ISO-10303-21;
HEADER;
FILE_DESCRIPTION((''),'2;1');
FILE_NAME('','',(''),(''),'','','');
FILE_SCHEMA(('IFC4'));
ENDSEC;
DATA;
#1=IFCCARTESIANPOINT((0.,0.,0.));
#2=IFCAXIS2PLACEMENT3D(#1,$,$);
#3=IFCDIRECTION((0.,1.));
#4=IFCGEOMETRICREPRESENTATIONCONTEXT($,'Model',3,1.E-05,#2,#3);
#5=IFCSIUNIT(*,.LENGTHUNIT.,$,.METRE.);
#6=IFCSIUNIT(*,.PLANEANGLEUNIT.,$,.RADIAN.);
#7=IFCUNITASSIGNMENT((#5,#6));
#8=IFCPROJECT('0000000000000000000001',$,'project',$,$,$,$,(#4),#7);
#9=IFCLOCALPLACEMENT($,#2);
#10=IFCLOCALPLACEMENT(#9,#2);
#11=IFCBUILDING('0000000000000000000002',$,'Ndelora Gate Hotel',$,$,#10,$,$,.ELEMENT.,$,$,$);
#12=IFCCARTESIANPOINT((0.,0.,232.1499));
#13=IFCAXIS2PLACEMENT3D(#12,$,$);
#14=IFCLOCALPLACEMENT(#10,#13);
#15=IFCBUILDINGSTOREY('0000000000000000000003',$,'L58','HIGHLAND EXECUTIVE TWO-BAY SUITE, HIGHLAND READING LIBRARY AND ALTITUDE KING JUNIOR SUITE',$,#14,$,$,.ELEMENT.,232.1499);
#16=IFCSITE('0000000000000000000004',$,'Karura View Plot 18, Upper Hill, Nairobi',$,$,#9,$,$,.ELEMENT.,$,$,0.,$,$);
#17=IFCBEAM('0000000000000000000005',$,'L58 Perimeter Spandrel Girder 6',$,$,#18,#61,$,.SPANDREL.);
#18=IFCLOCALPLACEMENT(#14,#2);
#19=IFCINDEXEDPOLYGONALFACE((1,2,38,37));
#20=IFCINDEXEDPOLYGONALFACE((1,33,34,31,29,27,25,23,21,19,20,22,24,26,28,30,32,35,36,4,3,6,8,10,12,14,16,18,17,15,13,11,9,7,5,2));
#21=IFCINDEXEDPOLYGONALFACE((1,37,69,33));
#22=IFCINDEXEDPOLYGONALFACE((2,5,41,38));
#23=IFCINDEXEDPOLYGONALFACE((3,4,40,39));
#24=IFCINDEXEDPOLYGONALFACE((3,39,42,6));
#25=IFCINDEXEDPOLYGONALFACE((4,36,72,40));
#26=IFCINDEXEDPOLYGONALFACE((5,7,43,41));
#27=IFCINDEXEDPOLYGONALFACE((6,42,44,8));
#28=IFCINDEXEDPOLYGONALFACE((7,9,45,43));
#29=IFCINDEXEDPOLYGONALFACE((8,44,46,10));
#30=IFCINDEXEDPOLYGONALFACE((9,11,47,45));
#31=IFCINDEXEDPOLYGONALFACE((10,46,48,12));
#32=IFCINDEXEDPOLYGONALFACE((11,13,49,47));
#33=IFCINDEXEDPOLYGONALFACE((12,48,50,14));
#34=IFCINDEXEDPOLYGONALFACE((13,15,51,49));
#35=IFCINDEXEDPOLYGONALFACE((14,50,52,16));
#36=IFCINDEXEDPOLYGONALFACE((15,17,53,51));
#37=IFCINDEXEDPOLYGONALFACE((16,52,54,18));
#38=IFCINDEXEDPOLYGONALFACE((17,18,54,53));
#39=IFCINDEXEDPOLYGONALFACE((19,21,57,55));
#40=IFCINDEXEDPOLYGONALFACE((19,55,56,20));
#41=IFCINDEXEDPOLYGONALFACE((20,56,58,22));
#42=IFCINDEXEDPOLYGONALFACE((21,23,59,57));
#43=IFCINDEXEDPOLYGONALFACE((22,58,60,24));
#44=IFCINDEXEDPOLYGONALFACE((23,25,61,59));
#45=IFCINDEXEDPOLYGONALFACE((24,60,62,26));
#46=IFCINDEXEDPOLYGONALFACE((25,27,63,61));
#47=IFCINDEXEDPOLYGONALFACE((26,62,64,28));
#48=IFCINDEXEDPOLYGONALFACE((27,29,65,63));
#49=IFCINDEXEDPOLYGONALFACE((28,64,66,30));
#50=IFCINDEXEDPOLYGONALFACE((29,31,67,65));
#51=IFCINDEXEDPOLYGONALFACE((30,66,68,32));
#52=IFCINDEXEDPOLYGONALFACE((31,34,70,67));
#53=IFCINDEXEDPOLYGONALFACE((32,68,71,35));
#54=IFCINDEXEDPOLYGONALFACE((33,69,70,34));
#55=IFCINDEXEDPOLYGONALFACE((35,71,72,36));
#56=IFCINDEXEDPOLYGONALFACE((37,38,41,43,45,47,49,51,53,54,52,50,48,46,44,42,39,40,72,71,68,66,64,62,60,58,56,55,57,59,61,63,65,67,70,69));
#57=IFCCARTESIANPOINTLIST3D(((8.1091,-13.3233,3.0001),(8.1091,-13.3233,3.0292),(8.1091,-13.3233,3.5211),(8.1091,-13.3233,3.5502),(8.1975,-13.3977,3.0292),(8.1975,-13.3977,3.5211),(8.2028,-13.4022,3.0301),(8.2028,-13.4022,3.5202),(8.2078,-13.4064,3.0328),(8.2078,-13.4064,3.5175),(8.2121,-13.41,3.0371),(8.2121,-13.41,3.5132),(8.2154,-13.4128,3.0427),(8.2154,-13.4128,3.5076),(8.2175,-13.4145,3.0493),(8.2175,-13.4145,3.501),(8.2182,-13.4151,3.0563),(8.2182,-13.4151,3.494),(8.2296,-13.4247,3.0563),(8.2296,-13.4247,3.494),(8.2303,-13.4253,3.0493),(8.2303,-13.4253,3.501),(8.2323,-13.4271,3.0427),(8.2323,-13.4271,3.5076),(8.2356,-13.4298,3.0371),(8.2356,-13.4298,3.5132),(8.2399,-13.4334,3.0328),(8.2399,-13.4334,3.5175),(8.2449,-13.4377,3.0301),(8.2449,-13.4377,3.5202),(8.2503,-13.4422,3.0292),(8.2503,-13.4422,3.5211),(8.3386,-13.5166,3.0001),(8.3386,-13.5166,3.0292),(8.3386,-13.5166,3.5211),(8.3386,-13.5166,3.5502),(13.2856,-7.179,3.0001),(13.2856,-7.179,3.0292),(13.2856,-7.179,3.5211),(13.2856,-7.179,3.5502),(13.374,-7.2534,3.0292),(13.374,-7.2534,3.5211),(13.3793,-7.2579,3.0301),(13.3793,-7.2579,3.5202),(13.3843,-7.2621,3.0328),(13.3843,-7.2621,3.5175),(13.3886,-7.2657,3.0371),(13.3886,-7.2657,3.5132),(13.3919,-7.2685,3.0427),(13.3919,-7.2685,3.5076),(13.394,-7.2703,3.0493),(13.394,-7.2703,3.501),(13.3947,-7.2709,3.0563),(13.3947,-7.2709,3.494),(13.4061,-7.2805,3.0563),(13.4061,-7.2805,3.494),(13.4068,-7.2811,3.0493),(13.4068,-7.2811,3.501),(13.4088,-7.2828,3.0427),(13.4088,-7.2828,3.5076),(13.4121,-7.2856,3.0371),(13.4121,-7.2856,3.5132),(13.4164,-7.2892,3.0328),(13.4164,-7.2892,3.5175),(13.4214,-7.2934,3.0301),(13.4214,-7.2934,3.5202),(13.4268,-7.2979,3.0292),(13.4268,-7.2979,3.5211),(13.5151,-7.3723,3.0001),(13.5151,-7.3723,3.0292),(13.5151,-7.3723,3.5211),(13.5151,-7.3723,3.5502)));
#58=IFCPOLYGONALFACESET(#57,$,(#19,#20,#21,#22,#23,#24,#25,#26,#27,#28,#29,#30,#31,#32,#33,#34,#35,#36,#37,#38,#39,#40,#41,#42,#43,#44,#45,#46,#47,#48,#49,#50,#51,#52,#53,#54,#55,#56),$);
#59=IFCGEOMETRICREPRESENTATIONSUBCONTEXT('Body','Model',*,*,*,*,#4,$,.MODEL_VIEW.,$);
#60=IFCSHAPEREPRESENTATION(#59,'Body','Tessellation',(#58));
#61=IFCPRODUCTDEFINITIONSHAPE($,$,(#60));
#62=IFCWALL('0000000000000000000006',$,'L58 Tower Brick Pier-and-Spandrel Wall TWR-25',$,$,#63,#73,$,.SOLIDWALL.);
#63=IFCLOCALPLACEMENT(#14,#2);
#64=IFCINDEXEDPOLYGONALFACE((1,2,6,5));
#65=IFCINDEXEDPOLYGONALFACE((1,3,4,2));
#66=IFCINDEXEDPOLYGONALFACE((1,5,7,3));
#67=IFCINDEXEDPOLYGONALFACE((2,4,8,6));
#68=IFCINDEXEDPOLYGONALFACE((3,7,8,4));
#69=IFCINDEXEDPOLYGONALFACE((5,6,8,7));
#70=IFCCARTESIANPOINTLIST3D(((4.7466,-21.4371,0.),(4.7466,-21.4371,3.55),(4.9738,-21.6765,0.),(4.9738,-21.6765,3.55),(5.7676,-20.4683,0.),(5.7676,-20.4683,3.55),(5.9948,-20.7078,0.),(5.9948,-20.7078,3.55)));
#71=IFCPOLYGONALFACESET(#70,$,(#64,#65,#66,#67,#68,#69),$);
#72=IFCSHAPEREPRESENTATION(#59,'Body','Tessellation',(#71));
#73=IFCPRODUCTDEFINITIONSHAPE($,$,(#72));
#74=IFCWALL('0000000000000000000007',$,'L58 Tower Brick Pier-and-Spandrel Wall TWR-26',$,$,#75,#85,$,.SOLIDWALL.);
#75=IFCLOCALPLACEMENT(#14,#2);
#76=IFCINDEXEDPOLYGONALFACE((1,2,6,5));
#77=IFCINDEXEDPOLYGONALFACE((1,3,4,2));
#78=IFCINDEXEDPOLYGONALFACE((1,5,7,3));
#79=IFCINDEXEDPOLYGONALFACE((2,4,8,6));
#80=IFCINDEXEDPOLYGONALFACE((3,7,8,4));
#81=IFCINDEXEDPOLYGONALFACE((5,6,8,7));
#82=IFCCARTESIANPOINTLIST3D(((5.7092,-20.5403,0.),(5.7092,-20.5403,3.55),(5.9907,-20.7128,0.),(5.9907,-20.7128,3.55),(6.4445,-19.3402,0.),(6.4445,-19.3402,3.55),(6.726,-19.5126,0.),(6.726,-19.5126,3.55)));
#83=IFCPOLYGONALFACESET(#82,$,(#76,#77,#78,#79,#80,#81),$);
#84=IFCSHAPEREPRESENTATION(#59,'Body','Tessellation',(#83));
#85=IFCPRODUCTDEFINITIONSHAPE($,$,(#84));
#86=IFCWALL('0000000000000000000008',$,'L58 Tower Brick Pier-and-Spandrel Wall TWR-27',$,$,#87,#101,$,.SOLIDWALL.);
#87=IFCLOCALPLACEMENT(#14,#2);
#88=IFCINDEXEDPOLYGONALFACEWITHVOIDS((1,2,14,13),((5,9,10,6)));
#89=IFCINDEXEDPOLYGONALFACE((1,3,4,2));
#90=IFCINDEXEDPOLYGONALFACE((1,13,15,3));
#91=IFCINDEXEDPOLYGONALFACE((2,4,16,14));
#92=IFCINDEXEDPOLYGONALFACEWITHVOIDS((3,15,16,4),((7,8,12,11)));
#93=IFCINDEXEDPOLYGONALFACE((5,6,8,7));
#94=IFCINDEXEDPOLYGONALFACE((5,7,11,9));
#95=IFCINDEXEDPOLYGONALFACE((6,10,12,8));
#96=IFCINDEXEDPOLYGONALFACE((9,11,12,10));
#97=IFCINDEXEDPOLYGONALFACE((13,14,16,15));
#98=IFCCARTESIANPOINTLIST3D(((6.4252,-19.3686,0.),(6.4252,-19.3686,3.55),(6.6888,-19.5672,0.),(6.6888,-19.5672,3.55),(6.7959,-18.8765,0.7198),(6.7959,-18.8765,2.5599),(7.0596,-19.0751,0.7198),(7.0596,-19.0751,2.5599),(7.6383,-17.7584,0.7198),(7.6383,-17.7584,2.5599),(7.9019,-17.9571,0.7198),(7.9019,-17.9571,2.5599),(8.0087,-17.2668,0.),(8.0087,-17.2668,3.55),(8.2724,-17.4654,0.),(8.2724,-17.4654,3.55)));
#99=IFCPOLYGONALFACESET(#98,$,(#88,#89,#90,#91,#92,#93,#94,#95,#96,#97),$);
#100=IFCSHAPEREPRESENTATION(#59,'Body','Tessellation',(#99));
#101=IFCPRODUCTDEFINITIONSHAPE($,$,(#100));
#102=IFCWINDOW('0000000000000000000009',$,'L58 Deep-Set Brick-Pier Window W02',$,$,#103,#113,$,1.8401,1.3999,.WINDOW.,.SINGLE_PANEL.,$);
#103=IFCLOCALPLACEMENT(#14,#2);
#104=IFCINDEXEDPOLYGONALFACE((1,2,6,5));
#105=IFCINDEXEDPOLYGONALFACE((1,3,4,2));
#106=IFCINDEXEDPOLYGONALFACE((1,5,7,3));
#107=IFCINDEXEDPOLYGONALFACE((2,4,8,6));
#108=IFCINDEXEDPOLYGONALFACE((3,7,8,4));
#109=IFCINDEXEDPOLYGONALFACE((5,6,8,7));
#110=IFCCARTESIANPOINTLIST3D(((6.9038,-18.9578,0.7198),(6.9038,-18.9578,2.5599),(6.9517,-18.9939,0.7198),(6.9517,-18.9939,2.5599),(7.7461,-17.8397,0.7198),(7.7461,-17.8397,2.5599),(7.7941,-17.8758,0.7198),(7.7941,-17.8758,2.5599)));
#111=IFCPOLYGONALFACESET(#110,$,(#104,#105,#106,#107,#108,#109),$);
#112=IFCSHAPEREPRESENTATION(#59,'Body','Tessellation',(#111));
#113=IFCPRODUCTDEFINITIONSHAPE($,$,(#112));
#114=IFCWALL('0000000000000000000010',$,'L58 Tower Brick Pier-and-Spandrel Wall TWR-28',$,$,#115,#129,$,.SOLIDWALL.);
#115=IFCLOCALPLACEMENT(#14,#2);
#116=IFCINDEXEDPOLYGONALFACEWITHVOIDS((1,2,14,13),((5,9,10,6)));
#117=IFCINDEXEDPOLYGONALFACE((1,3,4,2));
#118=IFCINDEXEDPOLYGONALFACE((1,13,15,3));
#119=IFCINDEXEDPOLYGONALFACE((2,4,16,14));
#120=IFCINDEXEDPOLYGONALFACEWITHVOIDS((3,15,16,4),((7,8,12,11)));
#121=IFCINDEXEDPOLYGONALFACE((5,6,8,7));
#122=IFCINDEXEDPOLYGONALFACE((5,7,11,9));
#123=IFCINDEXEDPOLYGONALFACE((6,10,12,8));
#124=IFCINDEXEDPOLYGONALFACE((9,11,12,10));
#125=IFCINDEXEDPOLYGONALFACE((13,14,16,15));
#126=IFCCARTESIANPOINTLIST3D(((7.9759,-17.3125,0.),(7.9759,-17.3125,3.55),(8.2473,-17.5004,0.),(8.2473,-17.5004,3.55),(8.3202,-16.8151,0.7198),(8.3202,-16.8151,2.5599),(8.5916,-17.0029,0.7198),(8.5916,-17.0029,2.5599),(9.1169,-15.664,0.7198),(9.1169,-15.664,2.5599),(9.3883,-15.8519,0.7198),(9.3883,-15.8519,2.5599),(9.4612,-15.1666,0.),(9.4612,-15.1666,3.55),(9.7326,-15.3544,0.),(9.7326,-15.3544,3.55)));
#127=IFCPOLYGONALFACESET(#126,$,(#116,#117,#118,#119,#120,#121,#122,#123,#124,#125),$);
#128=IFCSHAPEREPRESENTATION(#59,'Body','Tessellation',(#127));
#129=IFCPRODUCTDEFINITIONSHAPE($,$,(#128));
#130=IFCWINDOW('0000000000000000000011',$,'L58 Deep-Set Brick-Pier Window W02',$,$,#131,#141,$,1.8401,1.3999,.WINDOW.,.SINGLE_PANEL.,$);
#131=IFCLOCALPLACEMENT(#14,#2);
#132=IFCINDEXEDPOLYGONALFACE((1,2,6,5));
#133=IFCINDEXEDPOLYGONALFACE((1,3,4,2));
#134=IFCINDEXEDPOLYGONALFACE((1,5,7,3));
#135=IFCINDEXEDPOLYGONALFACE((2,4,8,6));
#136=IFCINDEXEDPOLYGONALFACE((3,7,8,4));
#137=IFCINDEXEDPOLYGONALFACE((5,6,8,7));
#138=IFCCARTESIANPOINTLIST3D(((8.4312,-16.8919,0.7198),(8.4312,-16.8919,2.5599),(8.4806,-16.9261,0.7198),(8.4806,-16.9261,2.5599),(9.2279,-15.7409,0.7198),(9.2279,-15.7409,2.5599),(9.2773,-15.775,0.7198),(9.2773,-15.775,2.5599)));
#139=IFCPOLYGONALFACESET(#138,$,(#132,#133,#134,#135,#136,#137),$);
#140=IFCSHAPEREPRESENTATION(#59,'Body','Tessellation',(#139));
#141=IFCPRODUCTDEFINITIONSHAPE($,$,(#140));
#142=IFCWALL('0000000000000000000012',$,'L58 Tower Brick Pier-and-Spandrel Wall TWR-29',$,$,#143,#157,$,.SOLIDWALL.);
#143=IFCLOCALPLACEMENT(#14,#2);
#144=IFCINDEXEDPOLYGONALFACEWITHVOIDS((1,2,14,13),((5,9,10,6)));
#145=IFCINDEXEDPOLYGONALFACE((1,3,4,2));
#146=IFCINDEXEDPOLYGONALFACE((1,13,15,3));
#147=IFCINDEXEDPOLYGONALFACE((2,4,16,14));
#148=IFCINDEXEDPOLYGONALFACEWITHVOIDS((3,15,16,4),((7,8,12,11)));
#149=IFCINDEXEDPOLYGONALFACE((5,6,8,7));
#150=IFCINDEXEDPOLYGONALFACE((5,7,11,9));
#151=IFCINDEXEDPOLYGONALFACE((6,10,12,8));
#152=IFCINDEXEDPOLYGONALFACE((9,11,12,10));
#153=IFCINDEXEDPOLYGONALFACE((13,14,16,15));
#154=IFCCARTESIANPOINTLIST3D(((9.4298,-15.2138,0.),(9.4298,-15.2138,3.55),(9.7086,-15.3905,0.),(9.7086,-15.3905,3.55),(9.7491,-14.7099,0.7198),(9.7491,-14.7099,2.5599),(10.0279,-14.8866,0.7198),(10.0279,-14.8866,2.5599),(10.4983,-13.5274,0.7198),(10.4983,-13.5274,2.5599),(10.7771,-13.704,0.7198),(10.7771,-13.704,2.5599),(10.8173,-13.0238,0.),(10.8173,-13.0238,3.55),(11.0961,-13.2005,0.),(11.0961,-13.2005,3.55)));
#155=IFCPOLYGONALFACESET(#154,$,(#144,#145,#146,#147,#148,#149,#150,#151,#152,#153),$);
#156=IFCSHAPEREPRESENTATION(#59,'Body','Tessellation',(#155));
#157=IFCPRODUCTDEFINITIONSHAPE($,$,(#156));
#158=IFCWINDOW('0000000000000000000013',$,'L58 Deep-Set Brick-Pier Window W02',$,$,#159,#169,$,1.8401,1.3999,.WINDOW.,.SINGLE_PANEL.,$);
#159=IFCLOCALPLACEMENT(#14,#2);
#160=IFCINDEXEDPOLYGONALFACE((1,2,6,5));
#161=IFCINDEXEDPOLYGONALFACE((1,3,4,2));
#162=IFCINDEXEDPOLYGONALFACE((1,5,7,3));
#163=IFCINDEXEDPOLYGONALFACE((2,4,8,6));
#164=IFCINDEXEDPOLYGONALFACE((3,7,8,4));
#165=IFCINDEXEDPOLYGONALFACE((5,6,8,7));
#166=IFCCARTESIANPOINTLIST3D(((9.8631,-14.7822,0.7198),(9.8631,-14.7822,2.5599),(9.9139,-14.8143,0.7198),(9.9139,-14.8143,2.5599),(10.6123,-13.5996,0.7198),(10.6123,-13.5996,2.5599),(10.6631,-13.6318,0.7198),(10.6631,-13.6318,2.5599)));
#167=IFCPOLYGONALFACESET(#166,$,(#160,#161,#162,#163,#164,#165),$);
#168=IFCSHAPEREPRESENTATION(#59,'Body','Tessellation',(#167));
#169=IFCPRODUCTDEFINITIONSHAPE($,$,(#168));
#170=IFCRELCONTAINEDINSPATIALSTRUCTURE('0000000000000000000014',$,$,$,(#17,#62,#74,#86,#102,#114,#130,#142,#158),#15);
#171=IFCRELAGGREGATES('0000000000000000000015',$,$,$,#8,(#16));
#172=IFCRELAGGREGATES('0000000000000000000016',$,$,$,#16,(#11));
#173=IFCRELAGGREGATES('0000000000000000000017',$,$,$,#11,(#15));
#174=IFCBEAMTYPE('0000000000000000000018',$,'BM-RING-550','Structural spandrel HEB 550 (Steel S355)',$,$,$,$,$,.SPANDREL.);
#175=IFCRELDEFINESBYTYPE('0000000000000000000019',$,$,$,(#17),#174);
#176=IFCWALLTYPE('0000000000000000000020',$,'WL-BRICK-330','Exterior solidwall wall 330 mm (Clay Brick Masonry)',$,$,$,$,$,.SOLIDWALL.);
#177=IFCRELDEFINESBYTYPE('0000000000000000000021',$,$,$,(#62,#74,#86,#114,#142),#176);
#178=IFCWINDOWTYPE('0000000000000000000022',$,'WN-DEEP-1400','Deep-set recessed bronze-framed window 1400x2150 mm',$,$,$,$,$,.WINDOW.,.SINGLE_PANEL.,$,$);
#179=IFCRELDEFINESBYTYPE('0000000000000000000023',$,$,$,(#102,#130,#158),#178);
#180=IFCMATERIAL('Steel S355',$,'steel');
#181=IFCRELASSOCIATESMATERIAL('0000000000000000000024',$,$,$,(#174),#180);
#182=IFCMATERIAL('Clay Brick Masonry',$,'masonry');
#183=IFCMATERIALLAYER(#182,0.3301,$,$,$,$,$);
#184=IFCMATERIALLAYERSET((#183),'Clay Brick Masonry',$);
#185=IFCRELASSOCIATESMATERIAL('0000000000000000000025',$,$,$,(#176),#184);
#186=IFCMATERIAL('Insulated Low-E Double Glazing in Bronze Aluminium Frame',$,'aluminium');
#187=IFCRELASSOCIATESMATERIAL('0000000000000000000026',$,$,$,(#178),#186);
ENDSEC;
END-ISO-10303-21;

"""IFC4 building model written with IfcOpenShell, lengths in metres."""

from ifc_helpers import new_model, si_unit, direction, frame, frame_2d, origin, origin_2d, place, context, subcontext, project, spatial, rectangle, i_section, extrude, material, layer, layer_set, material_profile, profile_set, type_object, element, fill, save


model = new_model("IFC4")

# Units and contexts
model_context = context("Model", 3, precision=1e-05, world=origin(), true_north=direction((0.0, 1.0)))
body_context = subcontext(model_context, "Body", "Model", "MODEL_VIEW")
ifc_project = project(units=[si_unit("LENGTHUNIT", "METRE"), si_unit("PLANEANGLEUNIT", "RADIAN")], contexts=[model_context])

# Site, building, storey
site_placement = place(None, origin())
site = spatial("IfcSite", under=ifc_project, at=site_placement, Name="Karura View Plot 18, Upper Hill, Nairobi", CompositionType="ELEMENT", RefElevation=0.0)
building_placement = place(site_placement, origin())
building = spatial("IfcBuilding", under=site, at=building_placement, Name="Ndelora Gate Hotel", CompositionType="ELEMENT")
storey_placement = place(building_placement, frame((0.0, 0.0, 232.1499)))
storey = spatial("IfcBuildingStorey", under=building, at=storey_placement, Name="L58", Description="HIGHLAND EXECUTIVE TWO-BAY SUITE, HIGHLAND READING LIBRARY AND ALTITUDE KING JUNIOR SUITE", CompositionType="ELEMENT", Elevation=232.1499)

# Beam
ifc_material_1 = material(Name="Steel S355", Category="steel")
ifc_material_profile_1 = material_profile(ifc_material_1, i_section(OverallWidth=0.3, OverallDepth=0.55, WebThickness=0.0149, FlangeThickness=0.0291, FilletRadius=0.0271, at=origin_2d()), Name="HEB 550")
ifc_profile_set_1 = profile_set([ifc_material_profile_1], Name="Steel S355")
beam_type_1 = type_object("IfcBeamType", Name="BM-RING-550", Description="Structural spandrel HEB 550 (Steel S355)", PredefinedType="SPANDREL", material=ifc_profile_set_1)
beam_1_placement = place(storey_placement, frame((8.2239, -13.4199, 3.2751), z_axis=(0.644309, 0.764765, 0.0), x_axis=(-0.764765, 0.644309, 0.0)))
element("IfcBeam", 1, at=beam_1_placement, inside=storey, type_object=beam_type_1, Name="L58 Perimeter Spandrel Girder 6", PredefinedType="SPANDREL", context=body_context, shape_type="SweptSolid", body=[
    extrude(i_section(OverallWidth=0.3, OverallDepth=0.55, WebThickness=0.0149, FlangeThickness=0.0291, FilletRadius=0.0271, at=origin_2d()), origin(), (0.0, 0.0, 1.0), 8.0342),
])

# Walls
ifc_material_2 = material(Name="Clay Brick Masonry", Category="masonry")
ifc_layer_1 = layer(ifc_material_2, 0.3301)
ifc_layer_set_1 = layer_set([ifc_layer_1], Name="Clay Brick Masonry")
wall_type_1 = type_object("IfcWallType", Name="WL-BRICK-330", Description="Exterior solidwall wall 330 mm (Clay Brick Masonry)", PredefinedType="SOLIDWALL", material=ifc_layer_set_1)
for number, where, z_axis, x_axis, name in (
    (2, (5.8811, -20.5881, 0.0), (0.0, 0.0, 1.0), (-0.725424, -0.688303, 0.0), "L58 Tower Brick Pier-and-Spandrel Wall TWR-25"),
    (3, (6.5852, -19.4265, 0.0), (0.0, 0.0, 1.0), (-0.522432, -0.852681, 0.0), "L58 Tower Brick Pier-and-Spandrel Wall TWR-26"),
):
    element("IfcWall", number, at=place(storey_placement, frame(where, z_axis=z_axis, x_axis=x_axis)), inside=storey, type_object=wall_type_1, Name=name, PredefinedType="SOLIDWALL", context=body_context, shape_type="SweptSolid", body=[
        extrude(rectangle(XDim=1.4075, YDim=0.3301, at=frame_2d((0.7036, 0.0))), origin(), (0.0, 0.0, 1.0), 3.55),
    ])

# Walls, openings, windows
wall_1_placement = place(storey_placement, frame((8.1406, -17.366, 0.0), z_axis=(0.0, 0.0, 1.0), x_axis=(-0.601735, -0.798696, 0.0)))
wall_1 = element("IfcWall", 4, at=wall_1_placement, inside=storey, type_object=wall_type_1, Name="L58 Tower Brick Pier-and-Spandrel Wall TWR-27", PredefinedType="SOLIDWALL", context=body_context, shape_type="SweptSolid", body=[
    extrude(rectangle(XDim=2.6316, YDim=0.3301, at=frame_2d((1.3159, 0.0))), origin(), (0.0, 0.0, 1.0), 3.55),
])
opening_1_placement = place(wall_1_placement, frame((0.6157, 0.0, 0.72)))
opening_1 = element("IfcOpeningElement", 5, at=opening_1_placement, cuts=wall_1, PredefinedType="OPENING", context=body_context, shape_type="SweptSolid", body=[
    extrude(rectangle(XDim=1.3999, YDim=1.8401, at=frame_2d((0.7, 0.9199))), frame((0.0, 0.175, 0.0), z_axis=(0.0, -1.0, 0.0), x_axis=(1.0, 0.0, 0.0)), (0.0, 0.0, 1.0), 0.3501),
])
ifc_material_3 = material(Name="Insulated Low-E Double Glazing in Bronze Aluminium Frame", Category="aluminium")
window_type = type_object("IfcWindowType", Name="WN-DEEP-1400", Description="Deep-set recessed bronze-framed window 1400x2150 mm", PartitioningType="SINGLE_PANEL", PredefinedType="WINDOW", material=ifc_material_3)
window_1_placement = place(opening_1_placement, origin())
window_1 = element("IfcWindow", 6, at=window_1_placement, inside=storey, type_object=window_type, Name="L58 Deep-Set Brick-Pier Window W02", OverallHeight=1.8401, OverallWidth=1.3999, PartitioningType="SINGLE_PANEL", PredefinedType="WINDOW", context=body_context, shape_type="SweptSolid", body=[
    extrude(rectangle(XDim=1.3999, YDim=1.8401, at=frame_2d((0.7, 0.9199))), frame((0.0, 0.03, 0.0), z_axis=(0.0, -1.0, 0.0), x_axis=(1.0, 0.0, 0.0)), (0.0, 0.0, 1.0), 0.0601),
])
fill(opening_1, window_1)
wall_2_placement = place(storey_placement, frame((9.5969, -15.2605, 0.0), z_axis=(0.0, 0.0, 1.0), x_axis=(-0.569122, -0.822253, 0.0)))
wall_2 = element("IfcWall", 7, at=wall_2_placement, inside=storey, type_object=wall_type_1, Name="L58 Tower Brick Pier-and-Spandrel Wall TWR-28", PredefinedType="SOLIDWALL", context=body_context, shape_type="SweptSolid", body=[
    extrude(rectangle(XDim=2.6099, YDim=0.3301, at=frame_2d((1.3049, 0.0))), origin(), (0.0, 0.0, 1.0), 3.55),
])
opening_2_placement = place(wall_2_placement, frame((0.605, 0.0, 0.72)))
opening_2 = element("IfcOpeningElement", 8, at=opening_2_placement, cuts=wall_2, PredefinedType="OPENING", context=body_context, shape_type="SweptSolid", body=[
    extrude(rectangle(XDim=1.3999, YDim=1.8401, at=frame_2d((0.7, 0.9199))), frame((0.0, 0.175, 0.0), z_axis=(0.0, -1.0, 0.0), x_axis=(1.0, 0.0, 0.0)), (0.0, 0.0, 1.0), 0.3501),
])
window_2_placement = place(opening_2_placement, origin())
window_2 = element("IfcWindow", 9, at=window_2_placement, inside=storey, type_object=window_type, Name="L58 Deep-Set Brick-Pier Window W02", OverallHeight=1.8401, OverallWidth=1.3999, PartitioningType="SINGLE_PANEL", PredefinedType="WINDOW", context=body_context, shape_type="SweptSolid", body=[
    extrude(rectangle(XDim=1.3999, YDim=1.8401, at=frame_2d((0.7, 0.9199))), frame((0.0, 0.03, 0.0), z_axis=(0.0, -1.0, 0.0), x_axis=(1.0, 0.0, 0.0)), (0.0, 0.0, 1.0), 0.0601),
])
fill(opening_2, window_2)
wall_3_placement = place(storey_placement, frame((10.9568, -13.1121, 0.0), z_axis=(0.0, 0.0, 1.0), x_axis=(-0.535187, -0.844734, 0.0)))
wall_3 = element("IfcWall", 10, at=wall_3_placement, inside=storey, type_object=wall_type_1, Name="L58 Tower Brick Pier-and-Spandrel Wall TWR-29", PredefinedType="SOLIDWALL", context=body_context, shape_type="SweptSolid", body=[
    extrude(rectangle(XDim=2.5925, YDim=0.3301, at=frame_2d((1.2964, 0.0))), origin(), (0.0, 0.0, 1.0), 3.55),
])
opening_3_placement = place(wall_3_placement, frame((0.5962, 0.0, 0.72)))
opening_3 = element("IfcOpeningElement", 11, at=opening_3_placement, cuts=wall_3, PredefinedType="OPENING", context=body_context, shape_type="SweptSolid", body=[
    extrude(rectangle(XDim=1.3999, YDim=1.8401, at=frame_2d((0.7, 0.9199))), frame((0.0, 0.175, 0.0), z_axis=(0.0, -1.0, 0.0), x_axis=(1.0, 0.0, 0.0)), (0.0, 0.0, 1.0), 0.3501),
])
window_3_placement = place(opening_3_placement, origin())
window_3 = element("IfcWindow", 12, at=window_3_placement, inside=storey, type_object=window_type, Name="L58 Deep-Set Brick-Pier Window W02", OverallHeight=1.8401, OverallWidth=1.3999, PartitioningType="SINGLE_PANEL", PredefinedType="WINDOW", context=body_context, shape_type="SweptSolid", body=[
    extrude(rectangle(XDim=1.3999, YDim=1.8401, at=frame_2d((0.7, 0.9199))), frame((0.0, 0.03, 0.0), z_axis=(0.0, -1.0, 0.0), x_axis=(1.0, 0.0, 0.0)), (0.0, 0.0, 1.0), 0.0601),
])
fill(opening_3, window_3)

save(model, "model.ifc")
